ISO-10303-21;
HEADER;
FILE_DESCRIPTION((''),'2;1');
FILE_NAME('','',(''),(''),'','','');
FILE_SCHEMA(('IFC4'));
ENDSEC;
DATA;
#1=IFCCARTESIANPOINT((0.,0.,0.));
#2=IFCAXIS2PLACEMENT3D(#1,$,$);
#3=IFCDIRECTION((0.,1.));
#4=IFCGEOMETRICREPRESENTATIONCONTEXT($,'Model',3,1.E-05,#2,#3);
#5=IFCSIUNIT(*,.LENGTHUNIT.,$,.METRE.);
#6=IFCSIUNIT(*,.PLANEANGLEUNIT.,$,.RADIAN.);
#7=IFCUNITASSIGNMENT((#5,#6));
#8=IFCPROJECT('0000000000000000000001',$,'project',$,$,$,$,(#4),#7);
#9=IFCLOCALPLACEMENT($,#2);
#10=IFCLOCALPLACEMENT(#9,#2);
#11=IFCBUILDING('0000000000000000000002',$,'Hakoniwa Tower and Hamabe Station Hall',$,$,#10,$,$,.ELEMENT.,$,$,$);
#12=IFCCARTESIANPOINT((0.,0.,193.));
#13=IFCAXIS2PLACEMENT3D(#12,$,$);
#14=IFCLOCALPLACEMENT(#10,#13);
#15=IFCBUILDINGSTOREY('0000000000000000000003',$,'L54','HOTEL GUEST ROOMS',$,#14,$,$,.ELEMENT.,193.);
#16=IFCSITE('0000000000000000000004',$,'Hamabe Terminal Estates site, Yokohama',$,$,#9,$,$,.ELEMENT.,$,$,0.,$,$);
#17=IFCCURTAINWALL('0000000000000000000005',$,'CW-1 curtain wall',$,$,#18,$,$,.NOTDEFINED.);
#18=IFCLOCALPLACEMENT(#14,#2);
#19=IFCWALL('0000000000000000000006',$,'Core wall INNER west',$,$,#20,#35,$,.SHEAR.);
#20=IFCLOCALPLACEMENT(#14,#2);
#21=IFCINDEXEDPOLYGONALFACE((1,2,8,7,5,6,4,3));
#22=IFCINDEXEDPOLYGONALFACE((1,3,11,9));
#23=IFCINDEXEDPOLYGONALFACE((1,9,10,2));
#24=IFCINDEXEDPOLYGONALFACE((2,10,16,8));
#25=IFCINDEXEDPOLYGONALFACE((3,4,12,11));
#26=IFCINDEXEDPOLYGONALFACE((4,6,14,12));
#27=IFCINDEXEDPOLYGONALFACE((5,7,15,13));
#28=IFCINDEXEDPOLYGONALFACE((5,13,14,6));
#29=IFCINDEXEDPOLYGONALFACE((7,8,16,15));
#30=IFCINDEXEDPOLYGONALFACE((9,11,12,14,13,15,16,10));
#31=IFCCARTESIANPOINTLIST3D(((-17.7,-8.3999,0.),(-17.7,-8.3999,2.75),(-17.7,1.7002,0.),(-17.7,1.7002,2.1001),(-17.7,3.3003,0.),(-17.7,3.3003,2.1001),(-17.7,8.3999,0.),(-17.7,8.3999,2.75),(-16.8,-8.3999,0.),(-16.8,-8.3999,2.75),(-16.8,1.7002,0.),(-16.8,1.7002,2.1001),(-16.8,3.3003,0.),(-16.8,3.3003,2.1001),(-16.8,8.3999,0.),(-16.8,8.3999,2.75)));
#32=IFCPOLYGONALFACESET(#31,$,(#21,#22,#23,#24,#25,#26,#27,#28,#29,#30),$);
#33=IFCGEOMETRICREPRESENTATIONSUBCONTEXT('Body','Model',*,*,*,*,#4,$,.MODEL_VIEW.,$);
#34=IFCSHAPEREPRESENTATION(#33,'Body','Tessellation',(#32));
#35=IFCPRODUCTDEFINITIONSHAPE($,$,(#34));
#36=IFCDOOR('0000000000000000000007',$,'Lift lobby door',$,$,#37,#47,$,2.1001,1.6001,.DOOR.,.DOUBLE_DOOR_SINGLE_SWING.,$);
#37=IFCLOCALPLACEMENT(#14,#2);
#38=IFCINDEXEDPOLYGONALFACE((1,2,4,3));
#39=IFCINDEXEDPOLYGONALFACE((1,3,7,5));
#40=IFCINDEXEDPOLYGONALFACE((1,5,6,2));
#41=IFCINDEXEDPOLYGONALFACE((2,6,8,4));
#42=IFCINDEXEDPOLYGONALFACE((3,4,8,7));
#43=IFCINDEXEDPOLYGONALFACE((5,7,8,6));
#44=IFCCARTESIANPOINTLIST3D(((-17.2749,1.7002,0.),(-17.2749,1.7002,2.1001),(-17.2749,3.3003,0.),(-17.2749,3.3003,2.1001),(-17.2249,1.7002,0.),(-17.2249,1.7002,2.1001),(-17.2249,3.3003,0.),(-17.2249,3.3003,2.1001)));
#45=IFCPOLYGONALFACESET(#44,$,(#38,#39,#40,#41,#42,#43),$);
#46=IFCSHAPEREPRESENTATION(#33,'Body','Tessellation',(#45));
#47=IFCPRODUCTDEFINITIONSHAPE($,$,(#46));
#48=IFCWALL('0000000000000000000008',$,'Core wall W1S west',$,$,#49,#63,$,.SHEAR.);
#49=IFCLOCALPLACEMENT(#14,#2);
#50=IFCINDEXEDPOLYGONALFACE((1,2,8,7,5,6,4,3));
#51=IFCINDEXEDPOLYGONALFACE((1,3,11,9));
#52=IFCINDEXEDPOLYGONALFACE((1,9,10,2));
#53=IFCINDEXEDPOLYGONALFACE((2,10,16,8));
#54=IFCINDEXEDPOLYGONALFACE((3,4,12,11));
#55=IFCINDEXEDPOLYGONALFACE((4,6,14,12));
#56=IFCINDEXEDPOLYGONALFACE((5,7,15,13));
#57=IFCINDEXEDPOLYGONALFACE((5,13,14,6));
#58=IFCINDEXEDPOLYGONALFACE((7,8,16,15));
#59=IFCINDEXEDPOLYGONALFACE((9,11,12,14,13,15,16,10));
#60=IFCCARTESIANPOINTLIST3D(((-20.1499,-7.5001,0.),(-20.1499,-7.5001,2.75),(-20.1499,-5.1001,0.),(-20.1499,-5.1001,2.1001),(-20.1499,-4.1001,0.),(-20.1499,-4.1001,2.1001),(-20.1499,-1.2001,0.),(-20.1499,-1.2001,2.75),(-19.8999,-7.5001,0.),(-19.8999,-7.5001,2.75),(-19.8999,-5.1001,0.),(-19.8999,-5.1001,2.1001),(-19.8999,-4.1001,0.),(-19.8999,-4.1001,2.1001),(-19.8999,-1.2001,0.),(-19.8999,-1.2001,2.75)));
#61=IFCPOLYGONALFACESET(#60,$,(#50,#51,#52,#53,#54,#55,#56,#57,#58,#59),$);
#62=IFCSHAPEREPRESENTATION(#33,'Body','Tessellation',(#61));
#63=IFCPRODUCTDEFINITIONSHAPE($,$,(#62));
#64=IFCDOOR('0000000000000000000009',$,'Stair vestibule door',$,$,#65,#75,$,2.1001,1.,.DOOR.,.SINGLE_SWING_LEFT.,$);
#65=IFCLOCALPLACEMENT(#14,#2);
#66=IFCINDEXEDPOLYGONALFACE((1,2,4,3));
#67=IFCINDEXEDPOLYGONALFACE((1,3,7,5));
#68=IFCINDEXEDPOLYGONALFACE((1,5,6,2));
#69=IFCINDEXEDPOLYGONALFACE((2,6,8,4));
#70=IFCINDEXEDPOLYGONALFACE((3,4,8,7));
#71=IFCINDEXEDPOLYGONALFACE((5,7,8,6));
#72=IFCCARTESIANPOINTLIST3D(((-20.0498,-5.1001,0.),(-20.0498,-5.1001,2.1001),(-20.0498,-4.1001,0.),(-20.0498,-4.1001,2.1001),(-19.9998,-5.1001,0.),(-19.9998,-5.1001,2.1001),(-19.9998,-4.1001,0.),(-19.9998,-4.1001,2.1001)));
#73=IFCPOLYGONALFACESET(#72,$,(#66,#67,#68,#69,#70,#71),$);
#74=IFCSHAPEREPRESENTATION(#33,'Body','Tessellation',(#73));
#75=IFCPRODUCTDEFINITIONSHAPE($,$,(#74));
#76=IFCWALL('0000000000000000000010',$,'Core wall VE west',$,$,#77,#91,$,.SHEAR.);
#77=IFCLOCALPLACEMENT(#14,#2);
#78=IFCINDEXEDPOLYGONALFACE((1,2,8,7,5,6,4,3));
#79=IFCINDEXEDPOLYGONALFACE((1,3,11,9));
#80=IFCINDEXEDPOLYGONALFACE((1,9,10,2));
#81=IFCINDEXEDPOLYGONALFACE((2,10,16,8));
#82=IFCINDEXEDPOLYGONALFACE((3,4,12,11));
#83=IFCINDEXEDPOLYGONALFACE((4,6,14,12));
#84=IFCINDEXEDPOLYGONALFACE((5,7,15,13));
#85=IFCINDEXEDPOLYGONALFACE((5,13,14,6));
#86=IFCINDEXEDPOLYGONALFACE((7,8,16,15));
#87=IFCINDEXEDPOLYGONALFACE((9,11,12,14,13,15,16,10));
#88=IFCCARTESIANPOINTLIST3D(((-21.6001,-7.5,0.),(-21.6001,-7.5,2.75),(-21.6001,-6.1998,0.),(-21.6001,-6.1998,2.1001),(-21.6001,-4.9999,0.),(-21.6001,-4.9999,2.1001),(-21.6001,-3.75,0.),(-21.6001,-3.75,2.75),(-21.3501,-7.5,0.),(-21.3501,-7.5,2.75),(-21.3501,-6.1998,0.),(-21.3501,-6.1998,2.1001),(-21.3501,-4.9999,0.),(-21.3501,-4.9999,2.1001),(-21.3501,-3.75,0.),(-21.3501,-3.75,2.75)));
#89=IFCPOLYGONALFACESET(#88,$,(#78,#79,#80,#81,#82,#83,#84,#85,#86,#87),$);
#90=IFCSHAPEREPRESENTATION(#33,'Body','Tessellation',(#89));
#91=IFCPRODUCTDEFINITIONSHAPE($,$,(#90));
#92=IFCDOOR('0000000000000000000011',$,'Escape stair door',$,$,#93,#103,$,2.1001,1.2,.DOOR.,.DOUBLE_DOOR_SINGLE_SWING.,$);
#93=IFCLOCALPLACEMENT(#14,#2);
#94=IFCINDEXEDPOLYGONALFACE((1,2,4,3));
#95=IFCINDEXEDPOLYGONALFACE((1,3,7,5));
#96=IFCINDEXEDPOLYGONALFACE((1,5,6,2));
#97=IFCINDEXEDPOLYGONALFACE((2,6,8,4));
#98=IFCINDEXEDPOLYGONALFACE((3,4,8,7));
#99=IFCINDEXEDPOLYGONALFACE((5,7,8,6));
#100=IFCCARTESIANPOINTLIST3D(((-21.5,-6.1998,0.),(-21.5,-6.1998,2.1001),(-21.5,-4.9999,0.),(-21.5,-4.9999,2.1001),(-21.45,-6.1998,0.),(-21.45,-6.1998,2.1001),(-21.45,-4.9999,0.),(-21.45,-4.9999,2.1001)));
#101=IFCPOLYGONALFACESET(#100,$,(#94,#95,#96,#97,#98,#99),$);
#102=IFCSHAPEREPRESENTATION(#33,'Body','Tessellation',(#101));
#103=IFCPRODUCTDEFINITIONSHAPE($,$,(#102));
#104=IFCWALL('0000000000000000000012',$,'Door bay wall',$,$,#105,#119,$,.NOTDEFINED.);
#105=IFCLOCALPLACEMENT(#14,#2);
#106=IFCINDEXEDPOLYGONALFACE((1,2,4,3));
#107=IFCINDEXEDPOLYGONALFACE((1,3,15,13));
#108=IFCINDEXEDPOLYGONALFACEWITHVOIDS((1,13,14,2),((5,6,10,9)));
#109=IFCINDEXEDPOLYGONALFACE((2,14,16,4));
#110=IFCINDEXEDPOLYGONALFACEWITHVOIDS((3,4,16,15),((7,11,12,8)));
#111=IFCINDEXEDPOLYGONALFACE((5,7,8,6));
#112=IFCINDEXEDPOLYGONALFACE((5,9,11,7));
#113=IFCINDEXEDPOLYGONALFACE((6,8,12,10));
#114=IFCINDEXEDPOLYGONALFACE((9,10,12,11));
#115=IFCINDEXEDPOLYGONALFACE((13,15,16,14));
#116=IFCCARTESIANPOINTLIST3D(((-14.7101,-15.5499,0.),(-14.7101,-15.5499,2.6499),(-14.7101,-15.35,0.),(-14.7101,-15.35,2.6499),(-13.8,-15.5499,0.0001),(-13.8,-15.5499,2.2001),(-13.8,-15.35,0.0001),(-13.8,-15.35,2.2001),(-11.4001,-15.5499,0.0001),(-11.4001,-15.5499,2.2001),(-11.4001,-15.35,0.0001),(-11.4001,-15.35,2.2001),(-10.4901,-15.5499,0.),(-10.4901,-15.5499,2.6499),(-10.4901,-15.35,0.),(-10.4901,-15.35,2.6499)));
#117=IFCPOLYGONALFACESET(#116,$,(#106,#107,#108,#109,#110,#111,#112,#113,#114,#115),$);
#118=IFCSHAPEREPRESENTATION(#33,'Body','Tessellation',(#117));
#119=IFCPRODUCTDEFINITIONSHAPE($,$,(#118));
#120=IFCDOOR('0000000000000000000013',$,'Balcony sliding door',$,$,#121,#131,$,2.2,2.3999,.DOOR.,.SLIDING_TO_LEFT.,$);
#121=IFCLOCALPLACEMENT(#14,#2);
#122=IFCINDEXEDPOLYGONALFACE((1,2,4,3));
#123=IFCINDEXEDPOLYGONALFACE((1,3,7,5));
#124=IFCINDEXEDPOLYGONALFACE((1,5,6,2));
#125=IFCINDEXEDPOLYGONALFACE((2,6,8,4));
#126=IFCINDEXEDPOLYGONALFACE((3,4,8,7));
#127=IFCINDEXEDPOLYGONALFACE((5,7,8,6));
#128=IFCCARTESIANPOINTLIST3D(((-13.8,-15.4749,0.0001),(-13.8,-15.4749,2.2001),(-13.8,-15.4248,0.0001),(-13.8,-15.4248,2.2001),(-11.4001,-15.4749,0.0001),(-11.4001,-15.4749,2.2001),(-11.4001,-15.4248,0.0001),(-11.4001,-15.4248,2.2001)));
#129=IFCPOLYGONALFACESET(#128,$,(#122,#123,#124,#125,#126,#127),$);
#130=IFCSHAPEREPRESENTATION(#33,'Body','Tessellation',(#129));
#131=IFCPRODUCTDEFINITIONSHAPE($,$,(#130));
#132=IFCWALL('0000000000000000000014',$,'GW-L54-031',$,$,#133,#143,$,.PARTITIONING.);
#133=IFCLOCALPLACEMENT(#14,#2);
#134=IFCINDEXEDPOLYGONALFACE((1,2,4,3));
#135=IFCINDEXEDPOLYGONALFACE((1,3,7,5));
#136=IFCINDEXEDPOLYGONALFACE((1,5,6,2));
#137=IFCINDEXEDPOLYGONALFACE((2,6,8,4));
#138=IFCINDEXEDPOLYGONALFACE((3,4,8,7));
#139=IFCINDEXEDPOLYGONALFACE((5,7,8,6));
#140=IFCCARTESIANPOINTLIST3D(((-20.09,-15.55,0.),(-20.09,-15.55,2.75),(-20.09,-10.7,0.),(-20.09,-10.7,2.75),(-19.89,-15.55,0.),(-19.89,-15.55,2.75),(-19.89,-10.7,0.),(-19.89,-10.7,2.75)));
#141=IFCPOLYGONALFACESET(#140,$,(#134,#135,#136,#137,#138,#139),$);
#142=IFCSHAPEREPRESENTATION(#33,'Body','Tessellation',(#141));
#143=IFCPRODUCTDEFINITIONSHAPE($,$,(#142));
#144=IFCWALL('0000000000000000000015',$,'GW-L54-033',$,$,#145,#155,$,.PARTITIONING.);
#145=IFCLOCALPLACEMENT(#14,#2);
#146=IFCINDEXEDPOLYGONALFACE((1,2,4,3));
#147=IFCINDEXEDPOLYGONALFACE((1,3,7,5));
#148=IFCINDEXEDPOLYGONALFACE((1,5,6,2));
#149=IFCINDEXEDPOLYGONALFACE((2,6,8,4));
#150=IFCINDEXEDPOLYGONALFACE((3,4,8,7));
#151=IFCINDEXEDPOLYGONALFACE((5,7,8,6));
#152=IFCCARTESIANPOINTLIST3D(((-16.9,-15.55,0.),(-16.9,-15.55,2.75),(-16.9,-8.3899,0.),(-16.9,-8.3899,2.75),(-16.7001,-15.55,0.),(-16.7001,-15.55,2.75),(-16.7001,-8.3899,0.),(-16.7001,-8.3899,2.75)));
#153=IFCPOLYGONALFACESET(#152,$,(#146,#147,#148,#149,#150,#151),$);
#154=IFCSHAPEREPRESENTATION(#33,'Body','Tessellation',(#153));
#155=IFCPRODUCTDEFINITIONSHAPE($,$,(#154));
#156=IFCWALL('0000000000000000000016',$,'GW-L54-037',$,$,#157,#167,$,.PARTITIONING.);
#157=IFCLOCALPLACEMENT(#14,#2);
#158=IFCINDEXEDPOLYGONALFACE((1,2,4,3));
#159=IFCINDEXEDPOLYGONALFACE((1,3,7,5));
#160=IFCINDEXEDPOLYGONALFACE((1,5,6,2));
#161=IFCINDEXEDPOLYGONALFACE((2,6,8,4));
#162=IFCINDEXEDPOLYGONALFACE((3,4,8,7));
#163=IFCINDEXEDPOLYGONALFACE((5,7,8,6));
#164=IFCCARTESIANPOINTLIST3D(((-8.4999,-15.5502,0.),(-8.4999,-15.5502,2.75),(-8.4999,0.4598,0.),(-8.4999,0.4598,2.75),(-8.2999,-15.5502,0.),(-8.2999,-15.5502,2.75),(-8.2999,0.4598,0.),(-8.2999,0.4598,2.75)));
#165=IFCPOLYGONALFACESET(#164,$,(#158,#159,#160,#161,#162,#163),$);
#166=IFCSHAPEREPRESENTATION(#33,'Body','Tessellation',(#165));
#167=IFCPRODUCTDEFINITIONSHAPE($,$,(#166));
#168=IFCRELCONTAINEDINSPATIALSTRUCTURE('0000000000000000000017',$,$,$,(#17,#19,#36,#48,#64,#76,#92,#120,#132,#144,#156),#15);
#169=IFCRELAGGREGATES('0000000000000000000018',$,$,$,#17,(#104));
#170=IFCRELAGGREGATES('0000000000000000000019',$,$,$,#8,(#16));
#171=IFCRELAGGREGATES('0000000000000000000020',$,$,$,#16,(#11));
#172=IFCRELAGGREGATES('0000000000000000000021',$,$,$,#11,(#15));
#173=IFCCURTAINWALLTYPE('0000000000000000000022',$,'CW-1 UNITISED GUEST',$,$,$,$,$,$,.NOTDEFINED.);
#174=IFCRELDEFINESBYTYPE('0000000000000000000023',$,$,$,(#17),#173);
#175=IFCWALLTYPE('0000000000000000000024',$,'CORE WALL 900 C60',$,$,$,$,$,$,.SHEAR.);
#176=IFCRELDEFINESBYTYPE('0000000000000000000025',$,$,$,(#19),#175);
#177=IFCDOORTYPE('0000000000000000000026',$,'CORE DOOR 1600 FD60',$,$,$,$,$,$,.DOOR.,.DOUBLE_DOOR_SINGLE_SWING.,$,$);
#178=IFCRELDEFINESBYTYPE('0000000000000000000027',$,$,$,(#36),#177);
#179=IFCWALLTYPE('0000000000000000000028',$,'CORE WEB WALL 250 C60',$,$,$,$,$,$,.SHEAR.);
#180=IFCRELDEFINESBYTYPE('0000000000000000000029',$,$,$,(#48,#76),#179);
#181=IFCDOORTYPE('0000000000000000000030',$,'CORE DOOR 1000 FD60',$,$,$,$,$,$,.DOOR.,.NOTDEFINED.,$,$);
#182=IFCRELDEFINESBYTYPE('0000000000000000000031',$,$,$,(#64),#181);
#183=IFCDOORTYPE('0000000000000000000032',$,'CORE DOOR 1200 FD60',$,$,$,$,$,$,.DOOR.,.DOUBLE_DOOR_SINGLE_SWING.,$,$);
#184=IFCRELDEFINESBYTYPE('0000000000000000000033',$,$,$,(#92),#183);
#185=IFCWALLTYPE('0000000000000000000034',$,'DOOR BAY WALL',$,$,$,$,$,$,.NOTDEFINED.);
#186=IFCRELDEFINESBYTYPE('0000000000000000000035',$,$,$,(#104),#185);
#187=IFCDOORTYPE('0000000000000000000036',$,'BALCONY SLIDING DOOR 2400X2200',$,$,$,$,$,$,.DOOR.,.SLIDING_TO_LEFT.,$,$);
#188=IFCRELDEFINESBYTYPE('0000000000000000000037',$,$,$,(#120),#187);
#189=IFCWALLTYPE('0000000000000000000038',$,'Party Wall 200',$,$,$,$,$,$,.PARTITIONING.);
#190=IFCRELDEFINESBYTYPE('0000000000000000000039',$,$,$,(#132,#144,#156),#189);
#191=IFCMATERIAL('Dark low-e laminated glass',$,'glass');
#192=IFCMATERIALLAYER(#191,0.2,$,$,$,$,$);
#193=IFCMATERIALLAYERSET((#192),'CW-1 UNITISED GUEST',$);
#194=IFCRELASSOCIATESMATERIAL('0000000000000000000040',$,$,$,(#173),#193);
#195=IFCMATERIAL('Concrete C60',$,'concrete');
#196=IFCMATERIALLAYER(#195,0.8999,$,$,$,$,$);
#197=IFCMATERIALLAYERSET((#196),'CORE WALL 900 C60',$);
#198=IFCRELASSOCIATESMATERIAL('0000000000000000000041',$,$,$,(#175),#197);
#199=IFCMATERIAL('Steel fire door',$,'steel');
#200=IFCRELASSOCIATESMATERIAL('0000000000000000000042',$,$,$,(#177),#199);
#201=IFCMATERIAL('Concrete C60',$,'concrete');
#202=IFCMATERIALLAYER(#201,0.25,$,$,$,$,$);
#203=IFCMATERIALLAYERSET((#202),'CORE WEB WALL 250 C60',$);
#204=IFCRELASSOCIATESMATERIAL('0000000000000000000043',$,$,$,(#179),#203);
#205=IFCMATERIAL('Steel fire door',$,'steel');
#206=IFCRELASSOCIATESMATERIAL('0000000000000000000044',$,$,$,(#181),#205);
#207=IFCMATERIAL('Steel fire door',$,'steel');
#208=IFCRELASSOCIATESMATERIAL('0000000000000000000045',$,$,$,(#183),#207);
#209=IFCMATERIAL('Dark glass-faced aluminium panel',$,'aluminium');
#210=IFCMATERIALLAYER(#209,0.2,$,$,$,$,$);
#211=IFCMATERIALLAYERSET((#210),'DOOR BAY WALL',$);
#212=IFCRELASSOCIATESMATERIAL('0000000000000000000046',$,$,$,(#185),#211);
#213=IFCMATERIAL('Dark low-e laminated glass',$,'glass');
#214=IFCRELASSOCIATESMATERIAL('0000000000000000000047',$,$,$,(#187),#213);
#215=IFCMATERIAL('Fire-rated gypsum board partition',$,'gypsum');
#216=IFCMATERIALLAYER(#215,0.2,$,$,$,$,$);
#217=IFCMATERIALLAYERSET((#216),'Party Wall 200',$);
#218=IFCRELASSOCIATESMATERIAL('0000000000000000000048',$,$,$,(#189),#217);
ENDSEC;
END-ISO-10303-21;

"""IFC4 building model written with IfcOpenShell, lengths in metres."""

from ifc_helpers import new_model, si_unit, direction, frame, frame_2d, origin, place, context, subcontext, project, spatial, rectangle, extrude, material, layer, layer_set, type_object, element, fill, aggregate, save


model = new_model("IFC4")

# Units and contexts
model_context = context("Model", 3, precision=1e-05, world=origin(), true_north=direction((0.0, 1.0)))
body_context = subcontext(model_context, "Body", "Model", "MODEL_VIEW")
ifc_project = project(units=[si_unit("LENGTHUNIT", "METRE"), si_unit("PLANEANGLEUNIT", "RADIAN")], contexts=[model_context])

# Site, building, storey
site_placement = place(None, origin())
site = spatial("IfcSite", under=ifc_project, at=site_placement, Name="Hamabe Terminal Estates site, Yokohama", CompositionType="ELEMENT", RefElevation=0.0)
building_placement = place(site_placement, origin())
building = spatial("IfcBuilding", under=site, at=building_placement, Name="Hakoniwa Tower and Hamabe Station Hall", CompositionType="ELEMENT")
storey_placement = place(building_placement, frame((0.0, 0.0, 193.0)))
storey = spatial("IfcBuildingStorey", under=building, at=storey_placement, Name="L54", Description="HOTEL GUEST ROOMS", CompositionType="ELEMENT", Elevation=193.0)

# Curtain wall
ifc_material_1 = material(Name="Dark low-e laminated glass", Category="glass")
ifc_layer_1 = layer(ifc_material_1, 0.2)
ifc_layer_set_1 = layer_set([ifc_layer_1], Name="CW-1 UNITISED GUEST")
curtain_wall_type = type_object("IfcCurtainWallType", Name="CW-1 UNITISED GUEST", PredefinedType="NOTDEFINED", material=ifc_layer_set_1)
curtain_wall_placement = place(storey_placement, origin())
curtain_wall = element("IfcCurtainWall", 1, at=curtain_wall_placement, inside=storey, type_object=curtain_wall_type, Name="CW-1 curtain wall", PredefinedType="NOTDEFINED")

# Walls, openings, doors
ifc_material_2 = material(Name="Concrete C60", Category="concrete")
ifc_layer_2 = layer(ifc_material_2, 0.8999)
ifc_layer_set_2 = layer_set([ifc_layer_2], Name="CORE WALL 900 C60")
wall_type_1 = type_object("IfcWallType", Name="CORE WALL 900 C60", PredefinedType="SHEAR", material=ifc_layer_set_2)
wall_1_placement = place(storey_placement, frame((-17.25, -8.3999, 0.0), z_axis=(0.0, 0.0, 1.0), x_axis=(0.0, 1.0, 0.0)))
wall_1 = element("IfcWall", 2, at=wall_1_placement, inside=storey, type_object=wall_type_1, Name="Core wall INNER west", PredefinedType="SHEAR", context=body_context, shape_type="SweptSolid", body=[
    extrude(rectangle(XDim=16.7998, YDim=0.8999, at=frame_2d((8.3999, 0.0))), origin(), (0.0, 0.0, 1.0), 2.75),
])
opening_1_placement = place(wall_1_placement, frame((10.1001, 0.0, 0.0)))
opening_1 = element("IfcOpeningElement", 3, at=opening_1_placement, cuts=wall_1, PredefinedType="OPENING", context=body_context, shape_type="SweptSolid", body=[
    extrude(rectangle(XDim=1.6001, YDim=2.1001, at=frame_2d((0.8, 1.05))), frame((0.0, 0.46, 0.0), z_axis=(0.0, -1.0, 0.0), x_axis=(1.0, 0.0, 0.0)), (0.0, 0.0, 1.0), 0.9199),
])
ifc_material_3 = material(Name="Steel fire door", Category="steel")
door_type_1 = type_object("IfcDoorType", Name="CORE DOOR 1600 FD60", OperationType="DOUBLE_DOOR_SINGLE_SWING", PredefinedType="DOOR", material=ifc_material_3)
door_1_placement = place(opening_1_placement, origin())
door_1 = element("IfcDoor", 4, at=door_1_placement, inside=storey, type_object=door_type_1, Name="Lift lobby door", OperationType="DOUBLE_DOOR_SINGLE_SWING", OverallHeight=2.1001, OverallWidth=1.6001, PredefinedType="DOOR", context=body_context, shape_type="SweptSolid", body=[
    extrude(rectangle(XDim=1.6001, YDim=2.1001, at=frame_2d((0.8, 1.05))), frame((0.0, 0.0249, 0.0), z_axis=(0.0, -1.0, 0.0), x_axis=(1.0, 0.0, 0.0)), (0.0, 0.0, 1.0), 0.05),
])
fill(opening_1, door_1)
ifc_material_4 = material(Name="Concrete C60", Category="concrete")
ifc_layer_3 = layer(ifc_material_4, 0.25)
ifc_layer_set_3 = layer_set([ifc_layer_3], Name="CORE WEB WALL 250 C60")
wall_type_2 = type_object("IfcWallType", Name="CORE WEB WALL 250 C60", PredefinedType="SHEAR", material=ifc_layer_set_3)
wall_2_placement = place(storey_placement, frame((-20.0249, -7.5, 0.0), z_axis=(0.0, 0.0, 1.0), x_axis=(0.0, 1.0, 0.0)))
wall_2 = element("IfcWall", 5, at=wall_2_placement, inside=storey, type_object=wall_type_2, Name="Core wall W1S west", PredefinedType="SHEAR", context=body_context, shape_type="SweptSolid", body=[
    extrude(rectangle(XDim=6.3, YDim=0.25, at=frame_2d((3.1499, 0.0))), origin(), (0.0, 0.0, 1.0), 2.75),
])
opening_2_placement = place(wall_2_placement, frame((2.3999, 0.0, 0.0)))
opening_2 = element("IfcOpeningElement", 6, at=opening_2_placement, cuts=wall_2, PredefinedType="OPENING", context=body_context, shape_type="SweptSolid", body=[
    extrude(rectangle(XDim=1.0, YDim=2.1001, at=frame_2d((0.5, 1.05))), frame((0.0, 0.135, 0.0), z_axis=(0.0, -1.0, 0.0), x_axis=(1.0, 0.0, 0.0)), (0.0, 0.0, 1.0), 0.27),
])
ifc_material_5 = material(Name="Steel fire door", Category="steel")
door_type_2 = type_object("IfcDoorType", Name="CORE DOOR 1000 FD60", OperationType="NOTDEFINED", PredefinedType="DOOR", material=ifc_material_5)
door_2_placement = place(opening_2_placement, origin())
door_2 = element("IfcDoor", 7, at=door_2_placement, inside=storey, type_object=door_type_2, Name="Stair vestibule door", OperationType="SINGLE_SWING_LEFT", OverallHeight=2.1001, OverallWidth=1.0, PredefinedType="DOOR", context=body_context, shape_type="SweptSolid", body=[
    extrude(rectangle(XDim=1.0, YDim=2.1001, at=frame_2d((0.5, 1.05))), frame((0.0, 0.0249, 0.0), z_axis=(0.0, -1.0, 0.0), x_axis=(1.0, 0.0, 0.0)), (0.0, 0.0, 1.0), 0.05),
])
fill(opening_2, door_2)
wall_3_placement = place(storey_placement, frame((-21.4751, -7.5, 0.0), z_axis=(0.0, 0.0, 1.0), x_axis=(0.0, 1.0, 0.0)))
wall_3 = element("IfcWall", 8, at=wall_3_placement, inside=storey, type_object=wall_type_2, Name="Core wall VE west", PredefinedType="SHEAR", context=body_context, shape_type="SweptSolid", body=[
    extrude(rectangle(XDim=3.75, YDim=0.25, at=frame_2d((1.875, 0.0))), origin(), (0.0, 0.0, 1.0), 2.75),
])
opening_3_placement = place(wall_3_placement, frame((1.3, 0.0, 0.0)))
opening_3 = element("IfcOpeningElement", 9, at=opening_3_placement, cuts=wall_3, PredefinedType="OPENING", context=body_context, shape_type="SweptSolid", body=[
    extrude(rectangle(XDim=1.2, YDim=2.1001, at=frame_2d((0.6001, 1.05))), frame((0.0, 0.135, 0.0), z_axis=(0.0, -1.0, 0.0), x_axis=(1.0, 0.0, 0.0)), (0.0, 0.0, 1.0), 0.27),
])
ifc_material_6 = material(Name="Steel fire door", Category="steel")
door_type_3 = type_object("IfcDoorType", Name="CORE DOOR 1200 FD60", OperationType="DOUBLE_DOOR_SINGLE_SWING", PredefinedType="DOOR", material=ifc_material_6)
door_3_placement = place(opening_3_placement, origin())
door_3 = element("IfcDoor", 10, at=door_3_placement, inside=storey, type_object=door_type_3, Name="Escape stair door", OperationType="DOUBLE_DOOR_SINGLE_SWING", OverallHeight=2.1001, OverallWidth=1.2, PredefinedType="DOOR", context=body_context, shape_type="SweptSolid", body=[
    extrude(rectangle(XDim=1.2, YDim=2.1001, at=frame_2d((0.6001, 1.05))), frame((0.0, 0.0249, 0.0), z_axis=(0.0, -1.0, 0.0), x_axis=(1.0, 0.0, 0.0)), (0.0, 0.0, 1.0), 0.05),
])
fill(opening_3, door_3)
ifc_material_7 = material(Name="Dark glass-faced aluminium panel", Category="aluminium")
ifc_layer_4 = layer(ifc_material_7, 0.2)
ifc_layer_set_4 = layer_set([ifc_layer_4], Name="DOOR BAY WALL")
wall_type_3 = type_object("IfcWallType", Name="DOOR BAY WALL", PredefinedType="NOTDEFINED", material=ifc_layer_set_4)
wall_4_placement = place(storey_placement, frame((-14.71, -15.45, 0.0), z_axis=(0.0, 0.0, 1.0), x_axis=(1.0, 0.0, 0.0)))
wall_4 = element("IfcWall", 11, at=wall_4_placement, type_object=wall_type_3, Name="Door bay wall", PredefinedType="NOTDEFINED", context=body_context, shape_type="SweptSolid", body=[
    extrude(rectangle(XDim=4.22, YDim=0.2, at=frame_2d((2.1099, 0.0))), origin(), (0.0, 0.0, 1.0), 2.6499),
])
opening_4_placement = place(wall_4_placement, frame((0.9099, 0.0, 0.0)))
opening_4 = element("IfcOpeningElement", 12, at=opening_4_placement, cuts=wall_4, PredefinedType="OPENING", context=body_context, shape_type="SweptSolid", body=[
    extrude(rectangle(XDim=2.3999, YDim=2.2, at=frame_2d((1.2, 1.1001))), frame((0.0, 0.1099, 0.0), z_axis=(0.0, -1.0, 0.0), x_axis=(1.0, 0.0, 0.0)), (0.0, 0.0, 1.0), 0.22),
])
ifc_material_8 = material(Name="Dark low-e laminated glass", Category="glass")
door_type_4 = type_object("IfcDoorType", Name="BALCONY SLIDING DOOR 2400X2200", OperationType="SLIDING_TO_LEFT", PredefinedType="DOOR", material=ifc_material_8)
door_4_placement = place(opening_4_placement, frame((2.3999, 0.0, 0.0), z_axis=(0.0, 0.0, 1.0), x_axis=(-1.0, 0.0, 0.0)))
door_4 = element("IfcDoor", 13, at=door_4_placement, inside=storey, type_object=door_type_4, Name="Balcony sliding door", OperationType="SLIDING_TO_LEFT", OverallHeight=2.2, OverallWidth=2.3999, PredefinedType="DOOR", context=body_context, shape_type="SweptSolid", body=[
    extrude(rectangle(XDim=2.3999, YDim=2.2, at=frame_2d((1.2, 1.1001))), frame((0.0, 0.0249, 0.0), z_axis=(0.0, -1.0, 0.0), x_axis=(1.0, 0.0, 0.0)), (0.0, 0.0, 1.0), 0.05),
])
fill(opening_4, door_4)
aggregate(curtain_wall, [wall_4])

# Walls
ifc_material_9 = material(Name="Fire-rated gypsum board partition", Category="gypsum")
ifc_layer_5 = layer(ifc_material_9, 0.2)
ifc_layer_set_5 = layer_set([ifc_layer_5], Name="Party Wall 200")
wall_type_4 = type_object("IfcWallType", Name="Party Wall 200", PredefinedType="PARTITIONING", material=ifc_layer_set_5)
wall_5_placement = place(storey_placement, frame((-19.99, -15.55, 0.0), z_axis=(0.0, 0.0, 1.0), x_axis=(0.0, 1.0, 0.0)))
element("IfcWall", 14, at=wall_5_placement, inside=storey, type_object=wall_type_4, Name="GW-L54-031", PredefinedType="PARTITIONING", context=body_context, shape_type="SweptSolid", body=[
    extrude(rectangle(XDim=4.8501, YDim=0.2, at=frame_2d((2.425, 0.0))), origin(), (0.0, 0.0, 1.0), 2.75),
])
wall_6_placement = place(storey_placement, frame((-16.8, -15.55, 0.0), z_axis=(0.0, 0.0, 1.0), x_axis=(0.0, 1.0, 0.0)))
element("IfcWall", 15, at=wall_6_placement, inside=storey, type_object=wall_type_4, Name="GW-L54-033", PredefinedType="PARTITIONING", context=body_context, shape_type="SweptSolid", body=[
    extrude(rectangle(XDim=7.1602, YDim=0.2, at=frame_2d((3.5801, 0.0))), origin(), (0.0, 0.0, 1.0), 2.75),
])
wall_7_placement = place(storey_placement, frame((-8.3999, -15.55, 0.0), z_axis=(0.0, 0.0, 1.0), x_axis=(0.0, 1.0, 0.0)))
element("IfcWall", 16, at=wall_7_placement, inside=storey, type_object=wall_type_4, Name="GW-L54-037", PredefinedType="PARTITIONING", context=body_context, shape_type="SweptSolid", body=[
    extrude(rectangle(XDim=16.01, YDim=0.2, at=frame_2d((8.0049, 0.0))), origin(), (0.0, 0.0, 1.0), 2.75),
])

save(model, "model.ifc")
